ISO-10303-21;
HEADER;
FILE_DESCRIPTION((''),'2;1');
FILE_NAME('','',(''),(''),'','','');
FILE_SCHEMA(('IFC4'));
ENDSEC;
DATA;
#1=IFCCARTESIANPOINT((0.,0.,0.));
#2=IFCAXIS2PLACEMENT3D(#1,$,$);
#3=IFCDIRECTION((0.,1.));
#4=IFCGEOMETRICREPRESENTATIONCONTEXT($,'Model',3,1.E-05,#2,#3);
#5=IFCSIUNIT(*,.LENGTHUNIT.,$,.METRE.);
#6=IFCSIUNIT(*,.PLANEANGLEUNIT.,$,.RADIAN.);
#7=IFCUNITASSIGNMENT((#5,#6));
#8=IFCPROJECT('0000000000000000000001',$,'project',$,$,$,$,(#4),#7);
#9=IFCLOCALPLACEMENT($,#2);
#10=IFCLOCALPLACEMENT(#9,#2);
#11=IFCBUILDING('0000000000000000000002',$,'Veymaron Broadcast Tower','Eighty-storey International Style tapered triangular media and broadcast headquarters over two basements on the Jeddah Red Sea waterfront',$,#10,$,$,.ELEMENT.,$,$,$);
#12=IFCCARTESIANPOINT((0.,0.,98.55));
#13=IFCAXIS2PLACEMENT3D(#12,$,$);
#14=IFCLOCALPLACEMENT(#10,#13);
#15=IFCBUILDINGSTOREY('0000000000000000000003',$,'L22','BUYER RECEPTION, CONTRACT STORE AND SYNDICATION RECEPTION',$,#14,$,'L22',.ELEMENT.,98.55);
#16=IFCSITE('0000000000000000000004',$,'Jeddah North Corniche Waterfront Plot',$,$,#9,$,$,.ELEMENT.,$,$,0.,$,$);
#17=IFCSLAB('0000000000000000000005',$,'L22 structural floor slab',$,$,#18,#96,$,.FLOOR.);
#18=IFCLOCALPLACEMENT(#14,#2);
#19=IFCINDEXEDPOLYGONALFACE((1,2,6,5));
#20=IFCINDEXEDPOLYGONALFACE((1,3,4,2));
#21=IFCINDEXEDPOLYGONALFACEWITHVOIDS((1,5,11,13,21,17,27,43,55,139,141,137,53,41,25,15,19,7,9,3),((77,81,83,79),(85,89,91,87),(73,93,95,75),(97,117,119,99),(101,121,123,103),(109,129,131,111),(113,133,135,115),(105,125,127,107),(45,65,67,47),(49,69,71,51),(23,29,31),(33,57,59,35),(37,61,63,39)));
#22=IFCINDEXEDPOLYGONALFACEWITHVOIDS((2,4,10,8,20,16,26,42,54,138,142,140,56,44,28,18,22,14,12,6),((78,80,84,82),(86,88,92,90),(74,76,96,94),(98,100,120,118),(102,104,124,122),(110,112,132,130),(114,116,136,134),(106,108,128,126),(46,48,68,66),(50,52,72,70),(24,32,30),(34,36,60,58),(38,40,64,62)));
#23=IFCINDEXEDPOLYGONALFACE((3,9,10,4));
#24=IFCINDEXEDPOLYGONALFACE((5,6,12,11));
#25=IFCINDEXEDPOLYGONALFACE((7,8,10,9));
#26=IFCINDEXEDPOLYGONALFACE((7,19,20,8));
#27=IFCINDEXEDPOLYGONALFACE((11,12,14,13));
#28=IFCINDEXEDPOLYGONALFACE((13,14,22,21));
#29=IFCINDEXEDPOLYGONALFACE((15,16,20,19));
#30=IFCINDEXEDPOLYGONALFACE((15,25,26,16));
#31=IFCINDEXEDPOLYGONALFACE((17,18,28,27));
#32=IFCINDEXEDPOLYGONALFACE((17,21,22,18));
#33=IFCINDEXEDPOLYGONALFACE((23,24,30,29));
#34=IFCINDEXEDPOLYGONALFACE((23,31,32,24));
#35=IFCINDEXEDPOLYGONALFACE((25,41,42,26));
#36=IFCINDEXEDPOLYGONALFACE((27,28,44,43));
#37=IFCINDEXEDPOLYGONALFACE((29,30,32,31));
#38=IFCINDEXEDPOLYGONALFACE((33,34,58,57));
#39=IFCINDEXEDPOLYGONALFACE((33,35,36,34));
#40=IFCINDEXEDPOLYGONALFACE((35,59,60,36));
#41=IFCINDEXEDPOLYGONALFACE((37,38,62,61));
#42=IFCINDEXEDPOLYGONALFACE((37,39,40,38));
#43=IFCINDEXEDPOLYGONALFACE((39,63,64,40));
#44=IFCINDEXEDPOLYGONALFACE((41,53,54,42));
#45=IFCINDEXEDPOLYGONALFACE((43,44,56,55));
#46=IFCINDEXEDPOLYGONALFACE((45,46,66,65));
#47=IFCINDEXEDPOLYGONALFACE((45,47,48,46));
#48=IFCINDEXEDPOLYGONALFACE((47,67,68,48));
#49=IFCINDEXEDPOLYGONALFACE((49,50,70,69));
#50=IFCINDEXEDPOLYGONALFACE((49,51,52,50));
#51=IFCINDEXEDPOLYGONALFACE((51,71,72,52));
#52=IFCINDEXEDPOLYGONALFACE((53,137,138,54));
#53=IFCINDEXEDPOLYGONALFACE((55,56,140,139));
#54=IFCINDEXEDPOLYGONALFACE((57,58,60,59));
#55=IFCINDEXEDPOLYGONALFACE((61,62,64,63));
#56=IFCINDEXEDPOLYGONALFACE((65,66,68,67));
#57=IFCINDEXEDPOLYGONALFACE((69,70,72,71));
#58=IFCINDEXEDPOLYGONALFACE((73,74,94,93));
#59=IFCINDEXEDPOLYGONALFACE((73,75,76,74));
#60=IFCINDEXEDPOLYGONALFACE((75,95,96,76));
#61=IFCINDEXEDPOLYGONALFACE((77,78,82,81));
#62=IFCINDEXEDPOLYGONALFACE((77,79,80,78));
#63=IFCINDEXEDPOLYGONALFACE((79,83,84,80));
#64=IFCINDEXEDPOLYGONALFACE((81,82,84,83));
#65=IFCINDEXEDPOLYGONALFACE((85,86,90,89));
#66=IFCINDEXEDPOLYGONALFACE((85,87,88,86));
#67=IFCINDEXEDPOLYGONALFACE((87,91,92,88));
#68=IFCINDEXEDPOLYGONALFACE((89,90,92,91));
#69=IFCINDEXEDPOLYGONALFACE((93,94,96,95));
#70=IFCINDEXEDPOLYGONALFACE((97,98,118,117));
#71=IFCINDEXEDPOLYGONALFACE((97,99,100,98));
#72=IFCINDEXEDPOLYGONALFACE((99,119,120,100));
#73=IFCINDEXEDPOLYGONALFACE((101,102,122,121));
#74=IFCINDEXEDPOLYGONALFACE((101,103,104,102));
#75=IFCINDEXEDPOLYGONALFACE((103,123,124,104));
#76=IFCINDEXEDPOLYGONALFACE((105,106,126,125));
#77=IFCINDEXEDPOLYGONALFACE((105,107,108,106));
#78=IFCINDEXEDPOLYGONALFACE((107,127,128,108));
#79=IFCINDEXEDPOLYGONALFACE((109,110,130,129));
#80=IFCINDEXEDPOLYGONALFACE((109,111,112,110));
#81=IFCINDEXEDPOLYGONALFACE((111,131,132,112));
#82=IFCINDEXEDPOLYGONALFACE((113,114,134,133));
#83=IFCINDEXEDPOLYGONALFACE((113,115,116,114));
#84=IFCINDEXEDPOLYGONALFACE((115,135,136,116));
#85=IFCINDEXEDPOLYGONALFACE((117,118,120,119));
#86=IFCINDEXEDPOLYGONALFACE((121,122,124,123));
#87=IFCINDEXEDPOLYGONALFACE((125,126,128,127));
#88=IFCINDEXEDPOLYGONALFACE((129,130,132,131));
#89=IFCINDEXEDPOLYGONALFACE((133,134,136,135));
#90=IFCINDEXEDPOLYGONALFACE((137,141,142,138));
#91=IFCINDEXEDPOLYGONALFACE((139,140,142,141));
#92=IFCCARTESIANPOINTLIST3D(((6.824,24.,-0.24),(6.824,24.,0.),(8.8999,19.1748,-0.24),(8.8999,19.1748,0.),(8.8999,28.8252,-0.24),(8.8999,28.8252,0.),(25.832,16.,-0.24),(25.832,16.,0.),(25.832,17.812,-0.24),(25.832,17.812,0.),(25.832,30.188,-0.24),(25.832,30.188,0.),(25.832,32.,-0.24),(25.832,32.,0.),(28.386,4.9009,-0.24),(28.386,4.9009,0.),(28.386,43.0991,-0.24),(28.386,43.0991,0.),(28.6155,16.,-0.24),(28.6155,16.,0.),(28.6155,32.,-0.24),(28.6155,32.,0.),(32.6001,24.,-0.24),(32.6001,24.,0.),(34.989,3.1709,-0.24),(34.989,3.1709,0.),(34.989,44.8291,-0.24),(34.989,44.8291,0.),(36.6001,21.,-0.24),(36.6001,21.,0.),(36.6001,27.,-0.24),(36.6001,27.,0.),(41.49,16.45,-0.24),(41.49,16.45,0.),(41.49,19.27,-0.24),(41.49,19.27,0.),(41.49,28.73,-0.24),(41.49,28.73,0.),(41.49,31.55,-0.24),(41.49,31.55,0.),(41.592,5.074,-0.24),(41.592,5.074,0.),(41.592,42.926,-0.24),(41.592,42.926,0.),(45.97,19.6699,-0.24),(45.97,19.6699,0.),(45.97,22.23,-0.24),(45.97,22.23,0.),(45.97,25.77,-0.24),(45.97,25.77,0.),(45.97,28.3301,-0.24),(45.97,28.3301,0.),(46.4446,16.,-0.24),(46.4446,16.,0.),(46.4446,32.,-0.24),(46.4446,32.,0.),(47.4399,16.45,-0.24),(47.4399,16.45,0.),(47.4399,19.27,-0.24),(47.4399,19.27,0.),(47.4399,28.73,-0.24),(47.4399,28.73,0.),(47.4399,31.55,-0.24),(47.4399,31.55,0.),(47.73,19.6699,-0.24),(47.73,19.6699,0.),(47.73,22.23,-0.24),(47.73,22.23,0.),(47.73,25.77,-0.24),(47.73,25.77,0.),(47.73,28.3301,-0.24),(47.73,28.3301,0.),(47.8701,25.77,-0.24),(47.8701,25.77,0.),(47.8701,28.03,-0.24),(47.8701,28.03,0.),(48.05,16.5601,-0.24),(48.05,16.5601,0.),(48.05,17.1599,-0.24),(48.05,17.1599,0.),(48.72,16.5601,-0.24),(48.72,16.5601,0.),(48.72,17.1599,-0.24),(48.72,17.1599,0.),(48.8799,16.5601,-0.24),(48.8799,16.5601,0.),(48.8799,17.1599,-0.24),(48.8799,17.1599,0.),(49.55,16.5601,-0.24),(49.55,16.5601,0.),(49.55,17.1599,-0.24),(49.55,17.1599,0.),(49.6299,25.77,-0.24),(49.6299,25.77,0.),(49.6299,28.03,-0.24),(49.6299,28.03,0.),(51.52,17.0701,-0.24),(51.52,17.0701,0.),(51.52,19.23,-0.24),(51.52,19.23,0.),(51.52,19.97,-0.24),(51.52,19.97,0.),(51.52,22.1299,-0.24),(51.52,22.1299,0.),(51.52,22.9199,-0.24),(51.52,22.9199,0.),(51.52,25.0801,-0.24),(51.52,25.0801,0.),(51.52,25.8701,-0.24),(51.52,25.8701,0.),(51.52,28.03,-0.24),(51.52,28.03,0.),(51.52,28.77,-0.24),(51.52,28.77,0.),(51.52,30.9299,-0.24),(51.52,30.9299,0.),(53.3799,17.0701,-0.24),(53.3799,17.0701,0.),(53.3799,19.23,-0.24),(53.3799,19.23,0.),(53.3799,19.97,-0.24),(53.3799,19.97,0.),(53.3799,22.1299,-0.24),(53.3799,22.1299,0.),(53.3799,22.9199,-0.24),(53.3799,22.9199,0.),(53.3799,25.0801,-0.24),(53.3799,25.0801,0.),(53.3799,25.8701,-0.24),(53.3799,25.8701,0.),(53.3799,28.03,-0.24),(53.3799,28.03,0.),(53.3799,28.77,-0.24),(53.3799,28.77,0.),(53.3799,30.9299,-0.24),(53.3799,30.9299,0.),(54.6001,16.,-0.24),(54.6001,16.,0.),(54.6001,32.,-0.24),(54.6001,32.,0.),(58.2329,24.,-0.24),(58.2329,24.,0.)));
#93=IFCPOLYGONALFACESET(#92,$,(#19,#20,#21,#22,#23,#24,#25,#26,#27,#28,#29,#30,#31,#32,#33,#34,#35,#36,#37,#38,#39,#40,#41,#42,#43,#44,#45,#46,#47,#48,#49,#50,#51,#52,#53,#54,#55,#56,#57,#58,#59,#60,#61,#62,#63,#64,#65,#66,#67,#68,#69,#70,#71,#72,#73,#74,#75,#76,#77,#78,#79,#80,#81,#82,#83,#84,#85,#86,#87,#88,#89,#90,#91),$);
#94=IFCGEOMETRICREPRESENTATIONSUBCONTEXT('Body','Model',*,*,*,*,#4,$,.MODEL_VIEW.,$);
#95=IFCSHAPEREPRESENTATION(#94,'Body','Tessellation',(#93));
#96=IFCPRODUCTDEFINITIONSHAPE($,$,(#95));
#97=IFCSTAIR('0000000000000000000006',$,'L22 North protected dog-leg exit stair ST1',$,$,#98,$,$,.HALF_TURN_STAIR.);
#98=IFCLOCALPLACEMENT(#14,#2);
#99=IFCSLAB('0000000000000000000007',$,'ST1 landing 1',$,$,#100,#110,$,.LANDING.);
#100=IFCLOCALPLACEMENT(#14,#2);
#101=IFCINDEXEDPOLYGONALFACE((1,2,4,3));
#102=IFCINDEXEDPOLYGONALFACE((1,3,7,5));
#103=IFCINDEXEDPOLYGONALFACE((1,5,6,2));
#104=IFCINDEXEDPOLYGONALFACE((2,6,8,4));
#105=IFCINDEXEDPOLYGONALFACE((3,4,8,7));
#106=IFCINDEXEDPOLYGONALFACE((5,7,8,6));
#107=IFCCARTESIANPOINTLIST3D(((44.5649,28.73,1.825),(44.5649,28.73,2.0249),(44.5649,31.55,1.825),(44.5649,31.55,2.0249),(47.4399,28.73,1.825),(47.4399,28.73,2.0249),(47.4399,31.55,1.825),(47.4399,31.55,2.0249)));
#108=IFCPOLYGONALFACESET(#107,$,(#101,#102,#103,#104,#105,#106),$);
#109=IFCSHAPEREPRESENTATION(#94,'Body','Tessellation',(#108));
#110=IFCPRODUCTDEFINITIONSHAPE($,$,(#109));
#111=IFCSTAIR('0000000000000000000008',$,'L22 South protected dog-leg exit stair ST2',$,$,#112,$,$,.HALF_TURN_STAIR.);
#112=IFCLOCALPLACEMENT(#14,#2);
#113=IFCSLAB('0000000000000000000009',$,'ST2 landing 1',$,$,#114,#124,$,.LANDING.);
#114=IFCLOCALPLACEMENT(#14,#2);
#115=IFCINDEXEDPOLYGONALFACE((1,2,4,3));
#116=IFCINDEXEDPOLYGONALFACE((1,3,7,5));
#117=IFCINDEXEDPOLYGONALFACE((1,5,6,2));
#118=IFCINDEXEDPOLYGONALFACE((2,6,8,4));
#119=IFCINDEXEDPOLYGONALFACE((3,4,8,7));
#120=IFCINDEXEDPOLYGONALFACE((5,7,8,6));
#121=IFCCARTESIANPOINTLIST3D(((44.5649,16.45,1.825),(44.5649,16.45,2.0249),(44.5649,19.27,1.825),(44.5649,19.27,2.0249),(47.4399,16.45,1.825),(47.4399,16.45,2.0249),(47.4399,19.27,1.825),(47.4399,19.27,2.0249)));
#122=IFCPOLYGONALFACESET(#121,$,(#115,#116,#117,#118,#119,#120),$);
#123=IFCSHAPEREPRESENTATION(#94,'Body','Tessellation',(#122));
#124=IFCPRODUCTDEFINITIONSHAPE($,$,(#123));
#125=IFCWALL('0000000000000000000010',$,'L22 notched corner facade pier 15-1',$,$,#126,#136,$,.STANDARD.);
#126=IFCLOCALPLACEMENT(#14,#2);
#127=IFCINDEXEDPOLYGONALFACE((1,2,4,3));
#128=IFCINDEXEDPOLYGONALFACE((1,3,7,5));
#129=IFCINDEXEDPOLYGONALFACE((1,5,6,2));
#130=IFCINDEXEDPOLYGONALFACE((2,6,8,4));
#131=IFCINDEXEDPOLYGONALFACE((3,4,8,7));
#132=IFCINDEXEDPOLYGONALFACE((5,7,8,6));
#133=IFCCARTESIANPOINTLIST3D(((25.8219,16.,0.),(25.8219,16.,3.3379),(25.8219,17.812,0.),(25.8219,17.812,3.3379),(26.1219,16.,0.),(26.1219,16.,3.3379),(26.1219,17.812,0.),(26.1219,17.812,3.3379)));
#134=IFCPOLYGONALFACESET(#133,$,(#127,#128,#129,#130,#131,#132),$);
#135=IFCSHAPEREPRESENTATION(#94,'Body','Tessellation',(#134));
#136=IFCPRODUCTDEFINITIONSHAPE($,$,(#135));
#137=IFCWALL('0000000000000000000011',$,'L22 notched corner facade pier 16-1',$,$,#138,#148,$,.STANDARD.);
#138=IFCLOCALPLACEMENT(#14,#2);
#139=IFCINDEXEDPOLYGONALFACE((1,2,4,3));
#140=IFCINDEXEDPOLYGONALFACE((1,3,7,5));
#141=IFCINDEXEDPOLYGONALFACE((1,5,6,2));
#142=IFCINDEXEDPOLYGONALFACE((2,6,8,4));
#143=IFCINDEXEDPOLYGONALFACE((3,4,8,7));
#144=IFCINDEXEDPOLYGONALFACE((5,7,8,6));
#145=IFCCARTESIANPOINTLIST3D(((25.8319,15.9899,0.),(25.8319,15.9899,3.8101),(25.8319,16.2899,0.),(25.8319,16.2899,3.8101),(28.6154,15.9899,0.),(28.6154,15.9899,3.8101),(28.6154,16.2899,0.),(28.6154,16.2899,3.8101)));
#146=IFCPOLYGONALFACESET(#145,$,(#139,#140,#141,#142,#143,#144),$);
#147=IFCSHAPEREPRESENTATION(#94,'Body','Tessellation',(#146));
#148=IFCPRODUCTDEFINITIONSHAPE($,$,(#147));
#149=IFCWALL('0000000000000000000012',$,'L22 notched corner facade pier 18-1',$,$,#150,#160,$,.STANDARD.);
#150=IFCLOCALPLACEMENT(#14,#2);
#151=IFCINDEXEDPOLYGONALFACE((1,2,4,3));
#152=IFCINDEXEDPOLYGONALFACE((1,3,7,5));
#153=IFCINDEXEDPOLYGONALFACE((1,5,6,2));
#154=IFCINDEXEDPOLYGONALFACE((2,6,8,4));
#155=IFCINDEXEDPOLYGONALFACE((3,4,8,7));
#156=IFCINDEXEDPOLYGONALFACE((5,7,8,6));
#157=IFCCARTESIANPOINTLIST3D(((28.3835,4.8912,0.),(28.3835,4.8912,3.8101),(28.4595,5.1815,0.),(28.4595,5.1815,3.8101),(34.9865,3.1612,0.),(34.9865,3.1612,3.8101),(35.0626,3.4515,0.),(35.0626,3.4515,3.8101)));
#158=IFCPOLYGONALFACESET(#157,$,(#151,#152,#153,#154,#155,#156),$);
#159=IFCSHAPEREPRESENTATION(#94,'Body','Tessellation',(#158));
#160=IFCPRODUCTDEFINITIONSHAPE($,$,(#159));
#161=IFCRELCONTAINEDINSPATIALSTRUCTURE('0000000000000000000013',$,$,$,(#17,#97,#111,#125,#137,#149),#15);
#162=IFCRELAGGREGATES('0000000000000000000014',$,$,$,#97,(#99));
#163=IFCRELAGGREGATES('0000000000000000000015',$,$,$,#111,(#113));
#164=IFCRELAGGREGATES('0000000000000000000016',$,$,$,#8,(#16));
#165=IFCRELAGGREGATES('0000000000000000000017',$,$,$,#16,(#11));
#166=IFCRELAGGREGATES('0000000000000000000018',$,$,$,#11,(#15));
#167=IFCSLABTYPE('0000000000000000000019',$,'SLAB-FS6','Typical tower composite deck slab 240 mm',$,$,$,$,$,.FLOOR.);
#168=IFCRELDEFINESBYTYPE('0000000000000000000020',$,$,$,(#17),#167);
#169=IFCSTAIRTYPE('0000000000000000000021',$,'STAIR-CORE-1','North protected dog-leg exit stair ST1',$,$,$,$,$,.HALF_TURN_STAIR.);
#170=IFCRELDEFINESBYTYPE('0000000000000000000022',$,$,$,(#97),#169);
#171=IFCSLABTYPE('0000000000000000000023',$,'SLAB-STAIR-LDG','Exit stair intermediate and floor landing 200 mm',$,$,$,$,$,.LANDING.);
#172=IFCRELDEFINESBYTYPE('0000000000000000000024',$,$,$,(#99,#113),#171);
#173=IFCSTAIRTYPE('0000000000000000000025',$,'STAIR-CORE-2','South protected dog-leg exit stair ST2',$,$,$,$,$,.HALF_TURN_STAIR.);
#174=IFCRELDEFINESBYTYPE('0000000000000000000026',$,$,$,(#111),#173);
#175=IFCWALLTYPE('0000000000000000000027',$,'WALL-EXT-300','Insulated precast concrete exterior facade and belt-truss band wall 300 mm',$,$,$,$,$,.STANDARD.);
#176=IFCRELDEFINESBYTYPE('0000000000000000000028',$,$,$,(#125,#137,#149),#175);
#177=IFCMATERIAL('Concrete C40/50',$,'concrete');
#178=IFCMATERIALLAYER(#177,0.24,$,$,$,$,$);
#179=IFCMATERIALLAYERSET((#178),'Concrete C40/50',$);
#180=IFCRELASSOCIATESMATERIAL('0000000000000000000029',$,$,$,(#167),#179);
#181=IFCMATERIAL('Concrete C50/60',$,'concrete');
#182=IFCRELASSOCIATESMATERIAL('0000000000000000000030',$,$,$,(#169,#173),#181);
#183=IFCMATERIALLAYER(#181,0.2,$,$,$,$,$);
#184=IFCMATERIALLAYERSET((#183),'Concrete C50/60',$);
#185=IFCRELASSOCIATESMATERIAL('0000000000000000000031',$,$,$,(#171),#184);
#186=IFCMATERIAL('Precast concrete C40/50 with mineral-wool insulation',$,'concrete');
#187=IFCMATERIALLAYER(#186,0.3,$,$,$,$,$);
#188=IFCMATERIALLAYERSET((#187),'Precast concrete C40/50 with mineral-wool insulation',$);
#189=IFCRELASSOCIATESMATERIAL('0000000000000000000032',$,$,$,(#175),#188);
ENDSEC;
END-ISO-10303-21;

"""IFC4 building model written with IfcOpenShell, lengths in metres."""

from ifc_helpers import new_model, si_unit, direction, frame, frame_2d, origin, place, context, subcontext, project, spatial, polyline, rectangle, outline, extrude, material, layer, layer_set, type_object, element, aggregate, save


model = new_model("IFC4")

# Units and contexts
model_context = context("Model", 3, precision=1e-05, world=origin(), true_north=direction((0.0, 1.0)))
body_context = subcontext(model_context, "Body", "Model", "MODEL_VIEW")
ifc_project = project(units=[si_unit("LENGTHUNIT", "METRE"), si_unit("PLANEANGLEUNIT", "RADIAN")], contexts=[model_context])

# Site, building, storey
site_placement = place(None, origin())
site = spatial("IfcSite", under=ifc_project, at=site_placement, Name="Jeddah North Corniche Waterfront Plot", CompositionType="ELEMENT", RefElevation=0.0)
building_placement = place(site_placement, origin())
building = spatial("IfcBuilding", under=site, at=building_placement, Name="Veymaron Broadcast Tower", Description="Eighty-storey International Style tapered triangular media and broadcast headquarters over two basements on the Jeddah Red Sea waterfront", CompositionType="ELEMENT")
storey_placement = place(building_placement, frame((0.0, 0.0, 98.55)))
storey = spatial("IfcBuildingStorey", under=building, at=storey_placement, Name="L22", Description="BUYER RECEPTION, CONTRACT STORE AND SYNDICATION RECEPTION", LongName="L22", CompositionType="ELEMENT", Elevation=98.55)

# Slab
ifc_material_1 = material(Name="Concrete C40/50", Category="concrete")
ifc_layer_1 = layer(ifc_material_1, 0.24)
ifc_layer_set_1 = layer_set([ifc_layer_1], Name="Concrete C40/50")
slab_type_1 = type_object("IfcSlabType", Name="SLAB-FS6", Description="Typical tower composite deck slab 240 mm", PredefinedType="FLOOR", material=ifc_layer_set_1)
slab_1_placement = place(storey_placement, frame((0.0, 0.0, -0.24)))
element("IfcSlab", 1, at=slab_1_placement, inside=storey, type_object=slab_type_1, Name="L22 structural floor slab", PredefinedType="FLOOR", context=body_context, shape_type="SweptSolid", body=[
    extrude(outline(polyline([(46.4446, 16.0), (54.6001, 16.0), (58.2329, 24.0), (54.6001, 32.0), (46.4446, 32.0), (41.592, 42.926), (34.989, 44.8291), (28.386, 43.0991), (28.6155, 32.0), (25.832, 32.0), (25.832, 30.188), (8.8999, 28.8252), (6.824, 24.0), (8.8999, 19.1748), (25.832, 17.812), (25.832, 16.0), (28.6155, 16.0), (28.386, 4.9009), (34.989, 3.1709), (41.592, 5.074), (46.4446, 16.0)]), holes=[polyline([(45.97, 28.3301), (47.73, 28.3301), (47.73, 25.77), (45.97, 25.77), (45.97, 28.3301)]), polyline([(45.97, 22.23), (47.73, 22.23), (47.73, 19.6699), (45.97, 19.6699), (45.97, 22.23)]), polyline([(47.8701, 28.03), (49.6299, 28.03), (49.6299, 25.77), (47.8701, 25.77), (47.8701, 28.03)]), polyline([(51.52, 30.9299), (53.3799, 30.9299), (53.3799, 28.77), (51.52, 28.77), (51.52, 30.9299)]), polyline([(51.52, 28.03), (53.3799, 28.03), (53.3799, 25.8701), (51.52, 25.8701), (51.52, 28.03)]), polyline([(51.52, 22.1299), (53.3799, 22.1299), (53.3799, 19.97), (51.52, 19.97), (51.52, 22.1299)]), polyline([(51.52, 25.0801), (53.3799, 25.0801), (53.3799, 22.9199), (51.52, 22.9199), (51.52, 25.0801)]), polyline([(51.52, 19.23), (53.3799, 19.23), (53.3799, 17.0701), (51.52, 17.0701), (51.52, 19.23)]), polyline([(48.05, 17.1599), (48.72, 17.1599), (48.72, 16.5601), (48.05, 16.5601), (48.05, 17.1599)]), polyline([(48.8799, 17.1599), (49.55, 17.1599), (49.55, 16.5601), (48.8799, 16.5601), (48.8799, 17.1599)]), polyline([(36.6001, 27.0), (36.6001, 21.0), (32.6001, 24.0), (36.6001, 27.0)]), polyline([(41.49, 31.55), (47.4399, 31.55), (47.4399, 28.73), (41.49, 28.73), (41.49, 31.55)]), polyline([(41.49, 19.27), (47.4399, 19.27), (47.4399, 16.45), (41.49, 16.45), (41.49, 19.27)])]), origin(), (0.0, 0.0, 1.0), 0.24),
])

# Stairs, slabs
ifc_material_2 = material(Name="Concrete C50/60", Category="concrete")
stair_type_1 = type_object("IfcStairType", Name="STAIR-CORE-1", Description="North protected dog-leg exit stair ST1", PredefinedType="HALF_TURN_STAIR", material=ifc_material_2)
stair_1_placement = place(storey_placement, origin())
stair_1 = element("IfcStair", 2, at=stair_1_placement, inside=storey, type_object=stair_type_1, Name="L22 North protected dog-leg exit stair ST1", PredefinedType="HALF_TURN_STAIR")
ifc_layer_2 = layer(ifc_material_2, 0.2)
ifc_layer_set_2 = layer_set([ifc_layer_2], Name="Concrete C50/60")
slab_type_2 = type_object("IfcSlabType", Name="SLAB-STAIR-LDG", Description="Exit stair intermediate and floor landing 200 mm", PredefinedType="LANDING", material=ifc_layer_set_2)
slab_2_placement = place(storey_placement, frame((0.0, 0.0, 1.825)))
slab_2 = element("IfcSlab", 3, at=slab_2_placement, type_object=slab_type_2, Name="ST1 landing 1", PredefinedType="LANDING", context=body_context, shape_type="SweptSolid", body=[
    extrude(outline(polyline([(44.5649, 28.73), (47.4399, 28.73), (47.4399, 31.55), (44.5649, 31.55), (44.5649, 28.73)])), origin(), (0.0, 0.0, 1.0), 0.2),
])
aggregate(stair_1, [slab_2])
stair_type_2 = type_object("IfcStairType", Name="STAIR-CORE-2", Description="South protected dog-leg exit stair ST2", PredefinedType="HALF_TURN_STAIR", material=ifc_material_2)
stair_2_placement = place(storey_placement, origin())
stair_2 = element("IfcStair", 4, at=stair_2_placement, inside=storey, type_object=stair_type_2, Name="L22 South protected dog-leg exit stair ST2", PredefinedType="HALF_TURN_STAIR")
slab_3_placement = place(storey_placement, frame((0.0, 0.0, 1.825)))
slab_3 = element("IfcSlab", 5, at=slab_3_placement, type_object=slab_type_2, Name="ST2 landing 1", PredefinedType="LANDING", context=body_context, shape_type="SweptSolid", body=[
    extrude(outline(polyline([(44.5649, 16.45), (47.4399, 16.45), (47.4399, 19.27), (44.5649, 19.27), (44.5649, 16.45)])), origin(), (0.0, 0.0, 1.0), 0.2),
])
aggregate(stair_2, [slab_3])

# Walls
ifc_material_3 = material(Name="Precast concrete C40/50 with mineral-wool insulation", Category="concrete")
ifc_layer_3 = layer(ifc_material_3, 0.3)
ifc_layer_set_3 = layer_set([ifc_layer_3], Name="Precast concrete C40/50 with mineral-wool insulation")
wall_type_1 = type_object("IfcWallType", Name="WALL-EXT-300", Description="Insulated precast concrete exterior facade and belt-truss band wall 300 mm", PredefinedType="STANDARD", material=ifc_layer_set_3)
wall_1_placement = place(storey_placement, frame((25.9719, 17.812, 0.0), z_axis=(0.0, 0.0, 1.0), x_axis=(0.0, -1.0, 0.0)))
element("IfcWall", 6, at=wall_1_placement, inside=storey, type_object=wall_type_1, Name="L22 notched corner facade pier 15-1", PredefinedType="STANDARD", context=body_context, shape_type="SweptSolid", body=[
    extrude(rectangle(XDim=1.812, YDim=0.3, at=frame_2d((0.906, 0.0))), origin(), (0.0, 0.0, 1.0), 3.3379),
])
wall_2_placement = place(storey_placement, frame((25.832, 16.1399, 0.0), z_axis=(0.0, 0.0, 1.0), x_axis=(1.0, 0.0, 0.0)))
element("IfcWall", 7, at=wall_2_placement, inside=storey, type_object=wall_type_1, Name="L22 notched corner facade pier 16-1", PredefinedType="STANDARD", context=body_context, shape_type="SweptSolid", body=[
    extrude(rectangle(XDim=2.7834, YDim=0.3, at=frame_2d((1.3916, 0.0))), origin(), (0.0, 0.0, 1.0), 3.8101),
])
wall_3_placement = place(storey_placement, frame((28.4214, 5.0364, 0.0), z_axis=(0.0, 0.0, 1.0), x_axis=(0.96735, -0.253444, 0.0)))
element("IfcWall", 8, at=wall_3_placement, inside=storey, type_object=wall_type_1, Name="L22 notched corner facade pier 18-1", PredefinedType="STANDARD", context=body_context, shape_type="SweptSolid", body=[
    extrude(rectangle(XDim=6.8259, YDim=0.3, at=frame_2d((3.4131, 0.0))), origin(), (0.0, 0.0, 1.0), 3.8101),
])

save(model, "model.ifc")
